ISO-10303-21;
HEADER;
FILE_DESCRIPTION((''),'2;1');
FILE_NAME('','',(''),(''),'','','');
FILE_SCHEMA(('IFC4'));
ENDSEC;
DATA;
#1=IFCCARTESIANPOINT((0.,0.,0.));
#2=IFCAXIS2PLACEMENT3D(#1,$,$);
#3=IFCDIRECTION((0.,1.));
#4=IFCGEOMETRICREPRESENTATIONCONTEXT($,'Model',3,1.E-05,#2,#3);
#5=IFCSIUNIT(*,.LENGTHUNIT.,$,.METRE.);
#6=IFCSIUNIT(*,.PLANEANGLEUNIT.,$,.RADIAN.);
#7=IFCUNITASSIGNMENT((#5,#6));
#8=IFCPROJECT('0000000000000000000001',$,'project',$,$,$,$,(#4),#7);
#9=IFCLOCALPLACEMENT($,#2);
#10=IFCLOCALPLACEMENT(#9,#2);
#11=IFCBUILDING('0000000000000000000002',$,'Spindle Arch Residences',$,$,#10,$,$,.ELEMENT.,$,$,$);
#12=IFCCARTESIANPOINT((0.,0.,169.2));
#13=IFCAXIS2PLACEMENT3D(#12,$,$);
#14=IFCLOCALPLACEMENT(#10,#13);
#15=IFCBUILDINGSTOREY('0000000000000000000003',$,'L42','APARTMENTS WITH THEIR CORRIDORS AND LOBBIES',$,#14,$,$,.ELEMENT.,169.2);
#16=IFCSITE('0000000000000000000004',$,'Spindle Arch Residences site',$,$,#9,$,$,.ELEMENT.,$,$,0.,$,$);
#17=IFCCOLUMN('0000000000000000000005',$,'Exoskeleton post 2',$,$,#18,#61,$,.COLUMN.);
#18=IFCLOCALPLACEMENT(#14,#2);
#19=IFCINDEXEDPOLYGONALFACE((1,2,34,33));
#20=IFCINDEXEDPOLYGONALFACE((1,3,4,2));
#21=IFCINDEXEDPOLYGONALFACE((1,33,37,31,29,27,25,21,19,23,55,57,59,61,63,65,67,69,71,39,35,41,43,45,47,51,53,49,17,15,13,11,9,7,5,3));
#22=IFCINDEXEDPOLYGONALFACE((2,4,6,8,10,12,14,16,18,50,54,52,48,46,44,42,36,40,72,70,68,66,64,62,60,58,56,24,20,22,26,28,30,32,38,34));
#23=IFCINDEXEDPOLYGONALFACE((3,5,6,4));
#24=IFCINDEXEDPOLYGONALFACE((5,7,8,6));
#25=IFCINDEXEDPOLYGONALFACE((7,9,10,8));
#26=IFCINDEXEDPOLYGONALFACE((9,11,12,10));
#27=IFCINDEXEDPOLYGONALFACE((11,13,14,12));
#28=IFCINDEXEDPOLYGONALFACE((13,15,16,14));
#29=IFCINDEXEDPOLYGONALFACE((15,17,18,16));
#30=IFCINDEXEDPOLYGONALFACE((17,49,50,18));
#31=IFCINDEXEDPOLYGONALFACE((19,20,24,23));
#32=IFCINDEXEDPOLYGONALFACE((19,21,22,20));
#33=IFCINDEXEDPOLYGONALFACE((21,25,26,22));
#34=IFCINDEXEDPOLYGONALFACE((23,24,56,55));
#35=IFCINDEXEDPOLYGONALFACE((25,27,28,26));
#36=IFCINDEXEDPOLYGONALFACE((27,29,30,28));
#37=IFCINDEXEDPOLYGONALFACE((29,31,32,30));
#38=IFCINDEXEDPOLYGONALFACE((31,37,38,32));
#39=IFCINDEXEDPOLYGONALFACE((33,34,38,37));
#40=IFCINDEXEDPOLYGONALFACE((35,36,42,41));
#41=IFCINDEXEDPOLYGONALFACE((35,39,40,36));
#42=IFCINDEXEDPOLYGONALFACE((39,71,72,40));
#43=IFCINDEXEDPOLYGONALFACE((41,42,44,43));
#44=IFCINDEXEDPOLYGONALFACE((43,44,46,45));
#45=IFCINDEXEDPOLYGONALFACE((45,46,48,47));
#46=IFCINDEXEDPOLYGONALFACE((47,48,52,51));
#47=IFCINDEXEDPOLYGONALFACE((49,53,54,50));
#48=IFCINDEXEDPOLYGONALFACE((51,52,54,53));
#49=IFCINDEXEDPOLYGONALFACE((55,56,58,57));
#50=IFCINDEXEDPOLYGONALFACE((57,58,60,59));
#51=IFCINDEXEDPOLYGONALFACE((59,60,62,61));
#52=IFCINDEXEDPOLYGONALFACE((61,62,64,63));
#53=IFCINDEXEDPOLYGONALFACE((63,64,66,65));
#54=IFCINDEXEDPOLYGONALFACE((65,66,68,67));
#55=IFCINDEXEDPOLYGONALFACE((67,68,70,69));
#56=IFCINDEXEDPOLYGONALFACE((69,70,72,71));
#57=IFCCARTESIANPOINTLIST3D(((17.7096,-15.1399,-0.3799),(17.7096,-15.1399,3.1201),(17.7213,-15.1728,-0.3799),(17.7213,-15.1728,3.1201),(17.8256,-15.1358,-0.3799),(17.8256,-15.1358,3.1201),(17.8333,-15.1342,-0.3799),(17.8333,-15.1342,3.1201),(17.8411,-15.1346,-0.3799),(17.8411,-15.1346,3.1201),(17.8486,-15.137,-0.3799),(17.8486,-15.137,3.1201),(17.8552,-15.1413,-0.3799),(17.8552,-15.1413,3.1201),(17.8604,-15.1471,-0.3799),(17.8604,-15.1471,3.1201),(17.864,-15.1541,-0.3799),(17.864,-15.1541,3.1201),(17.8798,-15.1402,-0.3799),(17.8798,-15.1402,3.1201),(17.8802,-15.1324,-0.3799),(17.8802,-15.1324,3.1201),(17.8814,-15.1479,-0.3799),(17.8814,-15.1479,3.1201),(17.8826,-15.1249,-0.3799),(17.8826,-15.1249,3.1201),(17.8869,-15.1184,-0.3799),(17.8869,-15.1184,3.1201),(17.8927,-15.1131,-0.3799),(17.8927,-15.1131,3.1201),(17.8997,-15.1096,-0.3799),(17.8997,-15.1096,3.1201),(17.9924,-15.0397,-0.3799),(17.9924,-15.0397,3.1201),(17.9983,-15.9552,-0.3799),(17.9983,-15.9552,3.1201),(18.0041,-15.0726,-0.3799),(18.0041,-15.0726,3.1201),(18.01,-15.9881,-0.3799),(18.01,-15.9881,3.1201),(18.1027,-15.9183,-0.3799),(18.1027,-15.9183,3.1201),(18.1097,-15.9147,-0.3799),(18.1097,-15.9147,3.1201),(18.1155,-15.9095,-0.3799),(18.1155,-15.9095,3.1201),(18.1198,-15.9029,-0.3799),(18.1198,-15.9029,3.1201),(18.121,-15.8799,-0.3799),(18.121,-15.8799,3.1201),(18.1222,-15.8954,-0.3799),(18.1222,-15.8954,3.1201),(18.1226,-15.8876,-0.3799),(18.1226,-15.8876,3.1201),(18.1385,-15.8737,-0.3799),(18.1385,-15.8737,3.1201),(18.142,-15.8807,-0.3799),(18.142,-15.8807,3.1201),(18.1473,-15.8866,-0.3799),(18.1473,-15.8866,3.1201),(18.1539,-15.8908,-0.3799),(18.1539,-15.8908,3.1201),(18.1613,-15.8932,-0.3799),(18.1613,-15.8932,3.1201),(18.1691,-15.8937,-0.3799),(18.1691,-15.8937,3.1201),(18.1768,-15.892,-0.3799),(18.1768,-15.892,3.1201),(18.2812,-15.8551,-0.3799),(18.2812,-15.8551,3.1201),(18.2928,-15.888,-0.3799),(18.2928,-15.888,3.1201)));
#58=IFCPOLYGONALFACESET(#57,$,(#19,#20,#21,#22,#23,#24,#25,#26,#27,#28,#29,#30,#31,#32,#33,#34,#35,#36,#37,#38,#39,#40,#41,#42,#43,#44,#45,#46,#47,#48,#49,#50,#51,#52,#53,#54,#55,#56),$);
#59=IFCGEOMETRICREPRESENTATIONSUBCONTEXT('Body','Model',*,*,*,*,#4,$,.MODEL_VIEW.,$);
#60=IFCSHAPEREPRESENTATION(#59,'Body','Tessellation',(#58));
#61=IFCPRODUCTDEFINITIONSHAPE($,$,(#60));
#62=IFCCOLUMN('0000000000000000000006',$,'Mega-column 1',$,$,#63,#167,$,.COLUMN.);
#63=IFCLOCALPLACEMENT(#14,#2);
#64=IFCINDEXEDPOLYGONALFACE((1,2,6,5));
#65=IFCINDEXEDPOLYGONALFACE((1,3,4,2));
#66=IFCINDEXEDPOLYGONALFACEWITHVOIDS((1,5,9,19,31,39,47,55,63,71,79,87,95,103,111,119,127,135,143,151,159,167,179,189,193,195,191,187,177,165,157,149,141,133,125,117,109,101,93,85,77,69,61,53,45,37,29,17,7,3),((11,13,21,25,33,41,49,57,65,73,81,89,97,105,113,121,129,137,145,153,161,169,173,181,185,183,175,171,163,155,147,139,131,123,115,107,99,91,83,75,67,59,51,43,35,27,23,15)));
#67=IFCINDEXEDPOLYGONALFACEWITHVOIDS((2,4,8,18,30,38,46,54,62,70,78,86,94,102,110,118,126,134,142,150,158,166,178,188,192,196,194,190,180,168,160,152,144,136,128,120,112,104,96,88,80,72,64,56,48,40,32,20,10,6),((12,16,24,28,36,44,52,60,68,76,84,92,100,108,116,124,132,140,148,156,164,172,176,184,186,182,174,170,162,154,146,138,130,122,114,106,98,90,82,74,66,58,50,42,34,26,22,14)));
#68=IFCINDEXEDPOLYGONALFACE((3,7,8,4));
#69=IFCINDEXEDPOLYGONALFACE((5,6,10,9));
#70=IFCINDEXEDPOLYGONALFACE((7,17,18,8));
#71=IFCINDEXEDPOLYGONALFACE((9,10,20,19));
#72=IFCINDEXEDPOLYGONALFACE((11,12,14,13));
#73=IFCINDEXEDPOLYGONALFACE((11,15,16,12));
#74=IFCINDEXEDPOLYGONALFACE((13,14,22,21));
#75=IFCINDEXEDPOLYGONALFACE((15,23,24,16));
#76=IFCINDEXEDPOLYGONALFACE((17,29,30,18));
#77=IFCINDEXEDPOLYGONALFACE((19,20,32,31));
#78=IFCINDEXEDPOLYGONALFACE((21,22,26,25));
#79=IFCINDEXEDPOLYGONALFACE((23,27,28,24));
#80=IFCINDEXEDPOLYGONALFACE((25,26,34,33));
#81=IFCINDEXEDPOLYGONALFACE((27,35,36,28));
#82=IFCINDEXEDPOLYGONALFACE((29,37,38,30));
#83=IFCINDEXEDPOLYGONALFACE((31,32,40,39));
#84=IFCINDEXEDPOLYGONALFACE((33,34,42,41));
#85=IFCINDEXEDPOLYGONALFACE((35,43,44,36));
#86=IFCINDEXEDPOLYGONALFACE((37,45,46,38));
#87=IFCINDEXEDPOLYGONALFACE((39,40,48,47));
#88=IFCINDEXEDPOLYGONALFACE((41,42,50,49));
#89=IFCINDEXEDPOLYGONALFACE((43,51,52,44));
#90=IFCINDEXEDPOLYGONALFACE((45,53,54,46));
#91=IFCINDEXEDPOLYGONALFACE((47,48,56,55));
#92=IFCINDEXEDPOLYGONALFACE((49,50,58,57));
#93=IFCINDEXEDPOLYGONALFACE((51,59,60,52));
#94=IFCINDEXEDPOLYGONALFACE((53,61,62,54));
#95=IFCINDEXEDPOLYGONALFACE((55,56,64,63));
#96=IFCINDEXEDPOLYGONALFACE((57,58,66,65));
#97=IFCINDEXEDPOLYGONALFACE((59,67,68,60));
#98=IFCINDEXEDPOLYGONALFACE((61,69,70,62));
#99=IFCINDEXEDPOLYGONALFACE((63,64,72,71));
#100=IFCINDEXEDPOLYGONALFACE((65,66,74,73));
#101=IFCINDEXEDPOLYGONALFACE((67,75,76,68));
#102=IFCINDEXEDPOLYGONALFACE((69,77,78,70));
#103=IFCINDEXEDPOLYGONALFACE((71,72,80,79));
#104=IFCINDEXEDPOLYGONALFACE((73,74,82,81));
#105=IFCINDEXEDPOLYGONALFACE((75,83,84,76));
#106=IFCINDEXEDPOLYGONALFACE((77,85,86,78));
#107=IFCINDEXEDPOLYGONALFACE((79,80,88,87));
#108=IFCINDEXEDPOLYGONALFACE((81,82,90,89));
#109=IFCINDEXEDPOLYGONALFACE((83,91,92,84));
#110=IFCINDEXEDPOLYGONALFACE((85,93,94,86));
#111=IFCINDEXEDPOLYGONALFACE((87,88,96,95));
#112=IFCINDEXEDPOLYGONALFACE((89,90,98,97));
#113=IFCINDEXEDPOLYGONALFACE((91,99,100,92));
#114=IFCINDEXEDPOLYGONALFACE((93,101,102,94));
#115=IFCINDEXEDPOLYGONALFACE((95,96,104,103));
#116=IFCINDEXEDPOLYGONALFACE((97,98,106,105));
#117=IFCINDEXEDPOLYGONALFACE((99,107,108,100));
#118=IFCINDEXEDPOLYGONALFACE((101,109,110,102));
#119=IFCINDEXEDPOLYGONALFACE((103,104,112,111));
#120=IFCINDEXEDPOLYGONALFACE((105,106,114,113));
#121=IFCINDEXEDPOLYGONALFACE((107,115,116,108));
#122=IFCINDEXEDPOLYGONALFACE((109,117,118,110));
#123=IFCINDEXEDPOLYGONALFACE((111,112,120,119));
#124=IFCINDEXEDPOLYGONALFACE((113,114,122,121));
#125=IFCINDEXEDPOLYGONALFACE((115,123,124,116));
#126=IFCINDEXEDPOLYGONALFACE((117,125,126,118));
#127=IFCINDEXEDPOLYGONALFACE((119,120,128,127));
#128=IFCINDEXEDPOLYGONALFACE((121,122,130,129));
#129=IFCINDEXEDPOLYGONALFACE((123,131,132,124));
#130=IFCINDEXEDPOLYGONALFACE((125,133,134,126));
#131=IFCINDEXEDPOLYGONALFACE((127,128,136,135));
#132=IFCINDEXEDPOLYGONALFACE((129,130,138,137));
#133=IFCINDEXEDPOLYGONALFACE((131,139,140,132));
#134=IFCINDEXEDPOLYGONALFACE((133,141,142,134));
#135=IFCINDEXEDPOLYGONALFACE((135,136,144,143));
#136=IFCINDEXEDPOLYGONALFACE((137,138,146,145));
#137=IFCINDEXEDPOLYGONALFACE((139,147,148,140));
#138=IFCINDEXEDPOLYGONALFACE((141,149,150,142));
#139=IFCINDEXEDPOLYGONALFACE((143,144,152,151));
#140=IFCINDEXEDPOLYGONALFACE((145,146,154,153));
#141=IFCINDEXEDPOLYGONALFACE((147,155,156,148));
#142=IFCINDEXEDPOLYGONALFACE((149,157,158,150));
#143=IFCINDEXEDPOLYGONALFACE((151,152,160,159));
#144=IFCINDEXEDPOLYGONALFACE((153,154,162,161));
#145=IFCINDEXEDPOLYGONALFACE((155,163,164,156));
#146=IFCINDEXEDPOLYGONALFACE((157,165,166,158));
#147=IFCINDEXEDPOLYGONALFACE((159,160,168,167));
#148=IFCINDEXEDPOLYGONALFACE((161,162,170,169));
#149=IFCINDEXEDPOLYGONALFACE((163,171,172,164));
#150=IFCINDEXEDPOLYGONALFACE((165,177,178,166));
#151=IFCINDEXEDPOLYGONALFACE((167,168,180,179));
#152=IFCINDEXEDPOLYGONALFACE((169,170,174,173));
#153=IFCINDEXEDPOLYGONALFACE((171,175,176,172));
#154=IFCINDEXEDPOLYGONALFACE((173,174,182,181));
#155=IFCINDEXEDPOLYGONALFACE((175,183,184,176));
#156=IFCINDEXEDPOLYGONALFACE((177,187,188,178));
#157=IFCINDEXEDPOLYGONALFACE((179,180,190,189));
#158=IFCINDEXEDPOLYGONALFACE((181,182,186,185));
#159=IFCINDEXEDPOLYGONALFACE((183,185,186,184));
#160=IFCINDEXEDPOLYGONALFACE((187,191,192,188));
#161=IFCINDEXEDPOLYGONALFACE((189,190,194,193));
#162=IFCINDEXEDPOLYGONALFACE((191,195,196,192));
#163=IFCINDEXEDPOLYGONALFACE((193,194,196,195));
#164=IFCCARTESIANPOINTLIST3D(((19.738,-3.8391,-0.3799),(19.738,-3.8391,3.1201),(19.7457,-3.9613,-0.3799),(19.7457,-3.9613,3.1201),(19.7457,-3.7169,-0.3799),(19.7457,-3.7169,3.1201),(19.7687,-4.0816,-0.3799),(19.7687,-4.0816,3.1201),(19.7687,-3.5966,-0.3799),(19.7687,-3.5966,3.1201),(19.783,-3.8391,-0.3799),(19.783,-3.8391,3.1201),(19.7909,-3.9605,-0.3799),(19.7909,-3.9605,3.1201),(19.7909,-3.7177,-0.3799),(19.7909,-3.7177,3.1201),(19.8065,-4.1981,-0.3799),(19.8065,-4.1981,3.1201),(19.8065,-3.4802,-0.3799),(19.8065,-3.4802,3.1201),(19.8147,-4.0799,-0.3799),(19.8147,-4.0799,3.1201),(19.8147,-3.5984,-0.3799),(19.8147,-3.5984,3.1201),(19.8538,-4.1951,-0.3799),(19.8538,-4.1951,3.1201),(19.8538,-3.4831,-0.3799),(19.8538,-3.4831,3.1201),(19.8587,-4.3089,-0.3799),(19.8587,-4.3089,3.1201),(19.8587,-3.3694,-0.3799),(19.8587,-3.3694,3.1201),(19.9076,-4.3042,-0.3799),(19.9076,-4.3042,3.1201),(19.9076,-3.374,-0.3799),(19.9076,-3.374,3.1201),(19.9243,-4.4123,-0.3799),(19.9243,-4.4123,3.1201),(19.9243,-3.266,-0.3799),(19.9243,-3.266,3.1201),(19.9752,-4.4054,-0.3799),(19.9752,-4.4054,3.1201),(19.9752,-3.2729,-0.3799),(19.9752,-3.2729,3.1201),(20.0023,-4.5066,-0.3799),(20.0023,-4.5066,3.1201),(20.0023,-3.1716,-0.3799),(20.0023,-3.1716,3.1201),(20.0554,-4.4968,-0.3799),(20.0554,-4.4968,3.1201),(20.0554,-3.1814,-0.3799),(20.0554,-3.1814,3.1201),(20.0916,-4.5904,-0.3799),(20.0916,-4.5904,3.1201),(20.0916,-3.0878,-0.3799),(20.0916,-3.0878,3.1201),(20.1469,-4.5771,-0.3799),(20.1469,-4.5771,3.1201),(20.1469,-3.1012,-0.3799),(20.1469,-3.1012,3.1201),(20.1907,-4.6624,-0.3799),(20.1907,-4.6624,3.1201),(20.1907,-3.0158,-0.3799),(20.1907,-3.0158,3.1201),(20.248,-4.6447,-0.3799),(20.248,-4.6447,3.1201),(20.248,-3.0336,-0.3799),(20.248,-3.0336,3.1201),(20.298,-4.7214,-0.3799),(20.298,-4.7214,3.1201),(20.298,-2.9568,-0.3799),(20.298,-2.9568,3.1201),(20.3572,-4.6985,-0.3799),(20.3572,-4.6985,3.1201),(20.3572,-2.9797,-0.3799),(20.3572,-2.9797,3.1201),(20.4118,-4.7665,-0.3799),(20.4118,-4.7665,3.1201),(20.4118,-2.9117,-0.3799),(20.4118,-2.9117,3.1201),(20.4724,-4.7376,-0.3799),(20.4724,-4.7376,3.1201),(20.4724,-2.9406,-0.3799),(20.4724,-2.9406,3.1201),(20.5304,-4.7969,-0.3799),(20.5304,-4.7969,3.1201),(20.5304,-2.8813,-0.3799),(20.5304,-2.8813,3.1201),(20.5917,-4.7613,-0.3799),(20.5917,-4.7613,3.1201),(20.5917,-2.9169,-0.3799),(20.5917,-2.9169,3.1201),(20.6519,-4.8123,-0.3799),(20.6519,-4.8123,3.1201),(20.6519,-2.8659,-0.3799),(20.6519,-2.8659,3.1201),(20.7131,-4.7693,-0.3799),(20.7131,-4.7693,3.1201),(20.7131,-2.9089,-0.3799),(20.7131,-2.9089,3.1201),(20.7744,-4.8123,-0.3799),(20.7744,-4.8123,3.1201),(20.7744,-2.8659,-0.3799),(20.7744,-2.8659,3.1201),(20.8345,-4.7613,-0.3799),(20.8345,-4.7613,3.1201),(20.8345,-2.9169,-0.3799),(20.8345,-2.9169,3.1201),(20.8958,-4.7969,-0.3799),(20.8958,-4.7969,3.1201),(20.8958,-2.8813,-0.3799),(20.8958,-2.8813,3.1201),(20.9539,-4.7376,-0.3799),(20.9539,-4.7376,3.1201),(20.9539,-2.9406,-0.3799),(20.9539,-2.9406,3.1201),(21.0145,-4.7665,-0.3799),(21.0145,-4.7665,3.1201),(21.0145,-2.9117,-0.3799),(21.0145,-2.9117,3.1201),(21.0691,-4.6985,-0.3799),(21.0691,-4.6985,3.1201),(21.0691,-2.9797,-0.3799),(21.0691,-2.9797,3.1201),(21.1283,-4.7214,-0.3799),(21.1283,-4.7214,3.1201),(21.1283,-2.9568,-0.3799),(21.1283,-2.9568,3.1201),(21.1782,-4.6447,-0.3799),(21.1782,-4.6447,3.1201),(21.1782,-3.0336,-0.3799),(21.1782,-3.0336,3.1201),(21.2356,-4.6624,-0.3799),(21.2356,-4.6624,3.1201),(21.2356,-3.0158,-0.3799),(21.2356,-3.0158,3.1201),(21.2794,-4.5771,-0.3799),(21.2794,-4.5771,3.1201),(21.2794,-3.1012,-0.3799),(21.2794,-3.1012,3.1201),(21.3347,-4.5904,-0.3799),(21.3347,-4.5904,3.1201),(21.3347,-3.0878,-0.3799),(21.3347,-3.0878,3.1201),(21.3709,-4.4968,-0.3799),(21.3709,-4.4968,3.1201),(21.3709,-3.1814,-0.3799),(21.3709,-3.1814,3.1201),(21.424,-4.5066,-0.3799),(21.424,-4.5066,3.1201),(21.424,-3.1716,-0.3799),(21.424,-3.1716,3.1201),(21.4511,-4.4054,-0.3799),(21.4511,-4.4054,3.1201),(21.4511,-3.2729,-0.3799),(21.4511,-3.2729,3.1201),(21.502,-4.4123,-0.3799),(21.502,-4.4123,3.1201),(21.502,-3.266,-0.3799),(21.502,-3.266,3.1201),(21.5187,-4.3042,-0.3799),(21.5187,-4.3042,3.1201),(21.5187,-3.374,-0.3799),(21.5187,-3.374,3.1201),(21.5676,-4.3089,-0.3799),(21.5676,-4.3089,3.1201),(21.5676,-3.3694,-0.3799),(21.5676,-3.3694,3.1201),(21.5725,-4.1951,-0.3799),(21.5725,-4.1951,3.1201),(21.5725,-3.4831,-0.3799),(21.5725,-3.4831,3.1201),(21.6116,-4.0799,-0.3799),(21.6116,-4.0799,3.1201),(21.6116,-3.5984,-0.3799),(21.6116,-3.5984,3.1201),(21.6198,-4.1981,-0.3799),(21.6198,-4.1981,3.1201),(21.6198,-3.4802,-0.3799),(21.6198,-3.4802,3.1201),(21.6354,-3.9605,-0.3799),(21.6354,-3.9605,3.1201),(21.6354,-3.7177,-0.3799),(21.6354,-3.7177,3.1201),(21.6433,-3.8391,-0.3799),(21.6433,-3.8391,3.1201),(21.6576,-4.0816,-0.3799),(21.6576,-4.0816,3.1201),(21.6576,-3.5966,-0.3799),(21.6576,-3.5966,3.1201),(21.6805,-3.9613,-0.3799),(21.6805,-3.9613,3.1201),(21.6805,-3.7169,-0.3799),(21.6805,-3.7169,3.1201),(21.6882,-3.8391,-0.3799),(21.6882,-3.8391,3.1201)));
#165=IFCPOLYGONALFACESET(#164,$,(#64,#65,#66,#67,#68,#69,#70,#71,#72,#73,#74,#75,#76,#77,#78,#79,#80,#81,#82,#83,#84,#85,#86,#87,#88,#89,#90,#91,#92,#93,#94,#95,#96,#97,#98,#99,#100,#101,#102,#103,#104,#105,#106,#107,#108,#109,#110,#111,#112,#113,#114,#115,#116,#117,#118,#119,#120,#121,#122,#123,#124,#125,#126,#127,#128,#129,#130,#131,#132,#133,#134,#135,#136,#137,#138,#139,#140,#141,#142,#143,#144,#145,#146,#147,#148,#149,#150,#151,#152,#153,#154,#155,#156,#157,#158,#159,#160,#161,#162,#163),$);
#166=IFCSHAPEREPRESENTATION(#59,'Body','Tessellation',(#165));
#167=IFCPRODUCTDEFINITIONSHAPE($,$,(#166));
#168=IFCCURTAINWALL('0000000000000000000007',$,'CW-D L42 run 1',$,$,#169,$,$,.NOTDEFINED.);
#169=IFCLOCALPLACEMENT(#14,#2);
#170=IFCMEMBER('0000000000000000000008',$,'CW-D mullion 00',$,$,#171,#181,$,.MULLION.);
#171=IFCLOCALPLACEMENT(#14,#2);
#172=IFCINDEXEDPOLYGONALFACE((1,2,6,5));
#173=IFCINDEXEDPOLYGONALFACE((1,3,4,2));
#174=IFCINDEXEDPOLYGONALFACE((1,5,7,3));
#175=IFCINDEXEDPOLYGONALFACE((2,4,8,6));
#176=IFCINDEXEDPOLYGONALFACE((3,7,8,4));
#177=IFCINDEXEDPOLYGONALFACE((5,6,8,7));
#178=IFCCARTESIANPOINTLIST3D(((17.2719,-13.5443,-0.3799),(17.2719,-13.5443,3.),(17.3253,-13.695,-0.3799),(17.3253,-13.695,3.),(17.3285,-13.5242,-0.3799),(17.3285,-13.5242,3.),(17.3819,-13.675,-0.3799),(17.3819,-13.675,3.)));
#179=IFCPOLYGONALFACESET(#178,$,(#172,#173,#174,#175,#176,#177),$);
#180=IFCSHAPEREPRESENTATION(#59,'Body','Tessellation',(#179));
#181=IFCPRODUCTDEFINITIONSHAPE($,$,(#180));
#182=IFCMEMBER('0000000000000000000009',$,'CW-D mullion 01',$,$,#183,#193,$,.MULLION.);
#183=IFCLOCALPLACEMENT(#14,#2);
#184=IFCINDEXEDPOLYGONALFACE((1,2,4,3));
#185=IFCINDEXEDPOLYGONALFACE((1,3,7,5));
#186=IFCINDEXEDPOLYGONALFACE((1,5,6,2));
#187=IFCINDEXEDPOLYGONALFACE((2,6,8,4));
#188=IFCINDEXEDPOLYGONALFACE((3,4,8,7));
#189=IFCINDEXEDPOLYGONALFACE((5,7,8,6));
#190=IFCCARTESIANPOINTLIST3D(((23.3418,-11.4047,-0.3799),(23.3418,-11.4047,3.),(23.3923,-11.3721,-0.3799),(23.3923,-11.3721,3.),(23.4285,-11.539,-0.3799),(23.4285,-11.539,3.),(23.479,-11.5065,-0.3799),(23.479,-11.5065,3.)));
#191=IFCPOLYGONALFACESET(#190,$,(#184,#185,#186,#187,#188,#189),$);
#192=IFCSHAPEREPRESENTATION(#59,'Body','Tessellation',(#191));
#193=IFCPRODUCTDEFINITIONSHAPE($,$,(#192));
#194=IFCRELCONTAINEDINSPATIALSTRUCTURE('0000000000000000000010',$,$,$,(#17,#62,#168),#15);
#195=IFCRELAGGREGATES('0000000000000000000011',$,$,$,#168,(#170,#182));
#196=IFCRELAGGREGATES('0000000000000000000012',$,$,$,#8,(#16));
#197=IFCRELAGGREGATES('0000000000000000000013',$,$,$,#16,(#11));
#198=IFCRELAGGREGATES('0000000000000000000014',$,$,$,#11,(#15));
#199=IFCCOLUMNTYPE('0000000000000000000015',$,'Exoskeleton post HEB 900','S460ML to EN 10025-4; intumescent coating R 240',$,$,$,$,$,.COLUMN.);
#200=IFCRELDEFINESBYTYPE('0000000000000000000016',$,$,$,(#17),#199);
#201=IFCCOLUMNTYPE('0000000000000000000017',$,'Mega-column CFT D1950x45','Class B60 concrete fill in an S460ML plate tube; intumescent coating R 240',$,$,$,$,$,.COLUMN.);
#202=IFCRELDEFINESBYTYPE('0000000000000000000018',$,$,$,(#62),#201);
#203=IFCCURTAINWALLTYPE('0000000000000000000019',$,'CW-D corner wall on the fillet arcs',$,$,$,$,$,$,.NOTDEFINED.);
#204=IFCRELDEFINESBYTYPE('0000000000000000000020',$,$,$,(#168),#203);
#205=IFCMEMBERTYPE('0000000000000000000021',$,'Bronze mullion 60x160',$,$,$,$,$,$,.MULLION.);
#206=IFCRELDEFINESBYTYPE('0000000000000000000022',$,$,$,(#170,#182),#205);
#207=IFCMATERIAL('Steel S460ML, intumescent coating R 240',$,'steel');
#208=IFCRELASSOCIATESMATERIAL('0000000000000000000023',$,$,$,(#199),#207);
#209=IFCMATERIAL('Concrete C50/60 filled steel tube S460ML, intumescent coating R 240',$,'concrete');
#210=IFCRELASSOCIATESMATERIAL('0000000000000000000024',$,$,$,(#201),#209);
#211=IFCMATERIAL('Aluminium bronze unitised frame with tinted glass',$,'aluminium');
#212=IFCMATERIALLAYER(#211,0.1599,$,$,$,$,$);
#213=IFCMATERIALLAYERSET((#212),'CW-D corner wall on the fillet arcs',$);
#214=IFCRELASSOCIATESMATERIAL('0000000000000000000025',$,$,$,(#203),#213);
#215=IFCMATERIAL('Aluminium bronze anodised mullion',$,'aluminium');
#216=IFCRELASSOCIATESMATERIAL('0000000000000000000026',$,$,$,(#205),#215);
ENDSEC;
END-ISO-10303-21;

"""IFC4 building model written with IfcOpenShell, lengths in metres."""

from ifc_helpers import new_model, si_unit, direction, frame, origin, origin_2d, place, context, subcontext, project, spatial, rectangle, hollow_circle, i_section, extrude, material, layer, layer_set, material_profile, profile_set, type_object, element, aggregate, save


model = new_model("IFC4")

# Units and contexts
model_context = context("Model", 3, precision=1e-05, world=origin(), true_north=direction((0.0, 1.0)))
body_context = subcontext(model_context, "Body", "Model", "MODEL_VIEW")
ifc_project = project(units=[si_unit("LENGTHUNIT", "METRE"), si_unit("PLANEANGLEUNIT", "RADIAN")], contexts=[model_context])

# Site, building, storey
site_placement = place(None, origin())
site = spatial("IfcSite", under=ifc_project, at=site_placement, Name="Spindle Arch Residences site", CompositionType="ELEMENT", RefElevation=0.0)
building_placement = place(site_placement, origin())
building = spatial("IfcBuilding", under=site, at=building_placement, Name="Spindle Arch Residences", CompositionType="ELEMENT")
storey_placement = place(building_placement, frame((0.0, 0.0, 169.2)))
storey = spatial("IfcBuildingStorey", under=building, at=storey_placement, Name="L42", Description="APARTMENTS WITH THEIR CORRIDORS AND LOBBIES", CompositionType="ELEMENT", Elevation=169.2)

# Columns
ifc_material_1 = material(Name="Steel S460ML, intumescent coating R 240", Category="steel")
ifc_material_profile_1 = material_profile(ifc_material_1, i_section(OverallWidth=0.3, OverallDepth=0.8999, WebThickness=0.0186, FlangeThickness=0.0349, FilletRadius=0.03, at=origin_2d()), Name="HEB 900")
ifc_profile_set_1 = profile_set([ifc_material_profile_1], Name="Steel S460ML, intumescent coating R 240")
column_type_1 = type_object("IfcColumnType", Name="Exoskeleton post HEB 900", Description="S460ML to EN 10025-4; intumescent coating R 240", PredefinedType="COLUMN", material=ifc_profile_set_1)
column_1_placement = place(storey_placement, frame((18.0012, -15.5139, -0.3799), z_axis=(0.0, 0.0, 1.0), x_axis=(-0.942641, -0.333807, 0.0)))
element("IfcColumn", 1, at=column_1_placement, inside=storey, type_object=column_type_1, Name="Exoskeleton post 2", PredefinedType="COLUMN", context=body_context, shape_type="SweptSolid", body=[
    extrude(i_section(OverallWidth=0.3, OverallDepth=0.8999, WebThickness=0.0186, FlangeThickness=0.0349, FilletRadius=0.03, at=origin_2d()), origin(), (0.0, 0.0, 1.0), 3.5),
])
ifc_material_2 = material(Name="Concrete C50/60 filled steel tube S460ML, intumescent coating R 240", Category="concrete")
ifc_material_profile_2 = material_profile(ifc_material_2, hollow_circle(Radius=0.9751, WallThickness=0.0449, at=origin_2d()), Name="CFT D1950x45")
ifc_profile_set_2 = profile_set([ifc_material_profile_2], Name="Concrete C50/60 filled steel tube S460ML, intumescent coating R 240")
column_type_2 = type_object("IfcColumnType", Name="Mega-column CFT D1950x45", Description="Class B60 concrete fill in an S460ML plate tube; intumescent coating R 240", PredefinedType="COLUMN", material=ifc_profile_set_2)
column_2_placement = place(storey_placement, frame((20.7131, -3.8391, -0.3799), z_axis=(0.0, 0.0, 1.0), x_axis=(1.0, 0.0, 0.0)))
element("IfcColumn", 2, at=column_2_placement, inside=storey, type_object=column_type_2, Name="Mega-column 1", PredefinedType="COLUMN", context=body_context, shape_type="SweptSolid", body=[
    extrude(hollow_circle(Radius=0.9751, WallThickness=0.0449, at=origin_2d()), origin(), (0.0, 0.0, 1.0), 3.5),
])

# Curtain wall, members
ifc_material_3 = material(Name="Aluminium bronze unitised frame with tinted glass", Category="aluminium")
ifc_layer_1 = layer(ifc_material_3, 0.1599)
ifc_layer_set_1 = layer_set([ifc_layer_1], Name="CW-D corner wall on the fillet arcs")
curtain_wall_type_1 = type_object("IfcCurtainWallType", Name="CW-D corner wall on the fillet arcs", PredefinedType="NOTDEFINED", material=ifc_layer_set_1)
curtain_wall_1_placement = place(storey_placement, origin())
curtain_wall_1 = element("IfcCurtainWall", 3, at=curtain_wall_1_placement, inside=storey, type_object=curtain_wall_type_1, Name="CW-D L42 run 1", PredefinedType="NOTDEFINED")
ifc_material_4 = material(Name="Aluminium bronze anodised mullion", Category="aluminium")
ifc_material_profile_3 = material_profile(ifc_material_4, rectangle(XDim=0.1599, YDim=0.0601, at=origin_2d()), Name="MU 60x160")
ifc_profile_set_3 = profile_set([ifc_material_profile_3], Name="Aluminium bronze anodised mullion")
member_type_1 = type_object("IfcMemberType", Name="Bronze mullion 60x160", PredefinedType="MULLION", material=ifc_profile_set_3)
member_1_placement = place(storey_placement, frame((17.3269, -13.6096, -0.3799), z_axis=(0.0, 0.0, 1.0), x_axis=(-0.333807, 0.942641, 0.0)))
member_1 = element("IfcMember", 4, at=member_1_placement, type_object=member_type_1, Name="CW-D mullion 00", PredefinedType="MULLION", context=body_context, shape_type="SweptSolid", body=[
    extrude(rectangle(XDim=0.1599, YDim=0.0601, at=origin_2d()), origin(), (0.0, 0.0, 1.0), 3.3799),
])
member_2_placement = place(storey_placement, frame((23.4104, -11.4556, -0.3799), z_axis=(0.0, 0.0, 1.0), x_axis=(-0.542197, 0.840251, 0.0)))
member_2 = element("IfcMember", 5, at=member_2_placement, type_object=member_type_1, Name="CW-D mullion 01", PredefinedType="MULLION", context=body_context, shape_type="SweptSolid", body=[
    extrude(rectangle(XDim=0.1599, YDim=0.0601, at=origin_2d()), origin(), (0.0, 0.0, 1.0), 3.3799),
])

aggregate(curtain_wall_1, [member_1, member_2])

save(model, "model.ifc")
